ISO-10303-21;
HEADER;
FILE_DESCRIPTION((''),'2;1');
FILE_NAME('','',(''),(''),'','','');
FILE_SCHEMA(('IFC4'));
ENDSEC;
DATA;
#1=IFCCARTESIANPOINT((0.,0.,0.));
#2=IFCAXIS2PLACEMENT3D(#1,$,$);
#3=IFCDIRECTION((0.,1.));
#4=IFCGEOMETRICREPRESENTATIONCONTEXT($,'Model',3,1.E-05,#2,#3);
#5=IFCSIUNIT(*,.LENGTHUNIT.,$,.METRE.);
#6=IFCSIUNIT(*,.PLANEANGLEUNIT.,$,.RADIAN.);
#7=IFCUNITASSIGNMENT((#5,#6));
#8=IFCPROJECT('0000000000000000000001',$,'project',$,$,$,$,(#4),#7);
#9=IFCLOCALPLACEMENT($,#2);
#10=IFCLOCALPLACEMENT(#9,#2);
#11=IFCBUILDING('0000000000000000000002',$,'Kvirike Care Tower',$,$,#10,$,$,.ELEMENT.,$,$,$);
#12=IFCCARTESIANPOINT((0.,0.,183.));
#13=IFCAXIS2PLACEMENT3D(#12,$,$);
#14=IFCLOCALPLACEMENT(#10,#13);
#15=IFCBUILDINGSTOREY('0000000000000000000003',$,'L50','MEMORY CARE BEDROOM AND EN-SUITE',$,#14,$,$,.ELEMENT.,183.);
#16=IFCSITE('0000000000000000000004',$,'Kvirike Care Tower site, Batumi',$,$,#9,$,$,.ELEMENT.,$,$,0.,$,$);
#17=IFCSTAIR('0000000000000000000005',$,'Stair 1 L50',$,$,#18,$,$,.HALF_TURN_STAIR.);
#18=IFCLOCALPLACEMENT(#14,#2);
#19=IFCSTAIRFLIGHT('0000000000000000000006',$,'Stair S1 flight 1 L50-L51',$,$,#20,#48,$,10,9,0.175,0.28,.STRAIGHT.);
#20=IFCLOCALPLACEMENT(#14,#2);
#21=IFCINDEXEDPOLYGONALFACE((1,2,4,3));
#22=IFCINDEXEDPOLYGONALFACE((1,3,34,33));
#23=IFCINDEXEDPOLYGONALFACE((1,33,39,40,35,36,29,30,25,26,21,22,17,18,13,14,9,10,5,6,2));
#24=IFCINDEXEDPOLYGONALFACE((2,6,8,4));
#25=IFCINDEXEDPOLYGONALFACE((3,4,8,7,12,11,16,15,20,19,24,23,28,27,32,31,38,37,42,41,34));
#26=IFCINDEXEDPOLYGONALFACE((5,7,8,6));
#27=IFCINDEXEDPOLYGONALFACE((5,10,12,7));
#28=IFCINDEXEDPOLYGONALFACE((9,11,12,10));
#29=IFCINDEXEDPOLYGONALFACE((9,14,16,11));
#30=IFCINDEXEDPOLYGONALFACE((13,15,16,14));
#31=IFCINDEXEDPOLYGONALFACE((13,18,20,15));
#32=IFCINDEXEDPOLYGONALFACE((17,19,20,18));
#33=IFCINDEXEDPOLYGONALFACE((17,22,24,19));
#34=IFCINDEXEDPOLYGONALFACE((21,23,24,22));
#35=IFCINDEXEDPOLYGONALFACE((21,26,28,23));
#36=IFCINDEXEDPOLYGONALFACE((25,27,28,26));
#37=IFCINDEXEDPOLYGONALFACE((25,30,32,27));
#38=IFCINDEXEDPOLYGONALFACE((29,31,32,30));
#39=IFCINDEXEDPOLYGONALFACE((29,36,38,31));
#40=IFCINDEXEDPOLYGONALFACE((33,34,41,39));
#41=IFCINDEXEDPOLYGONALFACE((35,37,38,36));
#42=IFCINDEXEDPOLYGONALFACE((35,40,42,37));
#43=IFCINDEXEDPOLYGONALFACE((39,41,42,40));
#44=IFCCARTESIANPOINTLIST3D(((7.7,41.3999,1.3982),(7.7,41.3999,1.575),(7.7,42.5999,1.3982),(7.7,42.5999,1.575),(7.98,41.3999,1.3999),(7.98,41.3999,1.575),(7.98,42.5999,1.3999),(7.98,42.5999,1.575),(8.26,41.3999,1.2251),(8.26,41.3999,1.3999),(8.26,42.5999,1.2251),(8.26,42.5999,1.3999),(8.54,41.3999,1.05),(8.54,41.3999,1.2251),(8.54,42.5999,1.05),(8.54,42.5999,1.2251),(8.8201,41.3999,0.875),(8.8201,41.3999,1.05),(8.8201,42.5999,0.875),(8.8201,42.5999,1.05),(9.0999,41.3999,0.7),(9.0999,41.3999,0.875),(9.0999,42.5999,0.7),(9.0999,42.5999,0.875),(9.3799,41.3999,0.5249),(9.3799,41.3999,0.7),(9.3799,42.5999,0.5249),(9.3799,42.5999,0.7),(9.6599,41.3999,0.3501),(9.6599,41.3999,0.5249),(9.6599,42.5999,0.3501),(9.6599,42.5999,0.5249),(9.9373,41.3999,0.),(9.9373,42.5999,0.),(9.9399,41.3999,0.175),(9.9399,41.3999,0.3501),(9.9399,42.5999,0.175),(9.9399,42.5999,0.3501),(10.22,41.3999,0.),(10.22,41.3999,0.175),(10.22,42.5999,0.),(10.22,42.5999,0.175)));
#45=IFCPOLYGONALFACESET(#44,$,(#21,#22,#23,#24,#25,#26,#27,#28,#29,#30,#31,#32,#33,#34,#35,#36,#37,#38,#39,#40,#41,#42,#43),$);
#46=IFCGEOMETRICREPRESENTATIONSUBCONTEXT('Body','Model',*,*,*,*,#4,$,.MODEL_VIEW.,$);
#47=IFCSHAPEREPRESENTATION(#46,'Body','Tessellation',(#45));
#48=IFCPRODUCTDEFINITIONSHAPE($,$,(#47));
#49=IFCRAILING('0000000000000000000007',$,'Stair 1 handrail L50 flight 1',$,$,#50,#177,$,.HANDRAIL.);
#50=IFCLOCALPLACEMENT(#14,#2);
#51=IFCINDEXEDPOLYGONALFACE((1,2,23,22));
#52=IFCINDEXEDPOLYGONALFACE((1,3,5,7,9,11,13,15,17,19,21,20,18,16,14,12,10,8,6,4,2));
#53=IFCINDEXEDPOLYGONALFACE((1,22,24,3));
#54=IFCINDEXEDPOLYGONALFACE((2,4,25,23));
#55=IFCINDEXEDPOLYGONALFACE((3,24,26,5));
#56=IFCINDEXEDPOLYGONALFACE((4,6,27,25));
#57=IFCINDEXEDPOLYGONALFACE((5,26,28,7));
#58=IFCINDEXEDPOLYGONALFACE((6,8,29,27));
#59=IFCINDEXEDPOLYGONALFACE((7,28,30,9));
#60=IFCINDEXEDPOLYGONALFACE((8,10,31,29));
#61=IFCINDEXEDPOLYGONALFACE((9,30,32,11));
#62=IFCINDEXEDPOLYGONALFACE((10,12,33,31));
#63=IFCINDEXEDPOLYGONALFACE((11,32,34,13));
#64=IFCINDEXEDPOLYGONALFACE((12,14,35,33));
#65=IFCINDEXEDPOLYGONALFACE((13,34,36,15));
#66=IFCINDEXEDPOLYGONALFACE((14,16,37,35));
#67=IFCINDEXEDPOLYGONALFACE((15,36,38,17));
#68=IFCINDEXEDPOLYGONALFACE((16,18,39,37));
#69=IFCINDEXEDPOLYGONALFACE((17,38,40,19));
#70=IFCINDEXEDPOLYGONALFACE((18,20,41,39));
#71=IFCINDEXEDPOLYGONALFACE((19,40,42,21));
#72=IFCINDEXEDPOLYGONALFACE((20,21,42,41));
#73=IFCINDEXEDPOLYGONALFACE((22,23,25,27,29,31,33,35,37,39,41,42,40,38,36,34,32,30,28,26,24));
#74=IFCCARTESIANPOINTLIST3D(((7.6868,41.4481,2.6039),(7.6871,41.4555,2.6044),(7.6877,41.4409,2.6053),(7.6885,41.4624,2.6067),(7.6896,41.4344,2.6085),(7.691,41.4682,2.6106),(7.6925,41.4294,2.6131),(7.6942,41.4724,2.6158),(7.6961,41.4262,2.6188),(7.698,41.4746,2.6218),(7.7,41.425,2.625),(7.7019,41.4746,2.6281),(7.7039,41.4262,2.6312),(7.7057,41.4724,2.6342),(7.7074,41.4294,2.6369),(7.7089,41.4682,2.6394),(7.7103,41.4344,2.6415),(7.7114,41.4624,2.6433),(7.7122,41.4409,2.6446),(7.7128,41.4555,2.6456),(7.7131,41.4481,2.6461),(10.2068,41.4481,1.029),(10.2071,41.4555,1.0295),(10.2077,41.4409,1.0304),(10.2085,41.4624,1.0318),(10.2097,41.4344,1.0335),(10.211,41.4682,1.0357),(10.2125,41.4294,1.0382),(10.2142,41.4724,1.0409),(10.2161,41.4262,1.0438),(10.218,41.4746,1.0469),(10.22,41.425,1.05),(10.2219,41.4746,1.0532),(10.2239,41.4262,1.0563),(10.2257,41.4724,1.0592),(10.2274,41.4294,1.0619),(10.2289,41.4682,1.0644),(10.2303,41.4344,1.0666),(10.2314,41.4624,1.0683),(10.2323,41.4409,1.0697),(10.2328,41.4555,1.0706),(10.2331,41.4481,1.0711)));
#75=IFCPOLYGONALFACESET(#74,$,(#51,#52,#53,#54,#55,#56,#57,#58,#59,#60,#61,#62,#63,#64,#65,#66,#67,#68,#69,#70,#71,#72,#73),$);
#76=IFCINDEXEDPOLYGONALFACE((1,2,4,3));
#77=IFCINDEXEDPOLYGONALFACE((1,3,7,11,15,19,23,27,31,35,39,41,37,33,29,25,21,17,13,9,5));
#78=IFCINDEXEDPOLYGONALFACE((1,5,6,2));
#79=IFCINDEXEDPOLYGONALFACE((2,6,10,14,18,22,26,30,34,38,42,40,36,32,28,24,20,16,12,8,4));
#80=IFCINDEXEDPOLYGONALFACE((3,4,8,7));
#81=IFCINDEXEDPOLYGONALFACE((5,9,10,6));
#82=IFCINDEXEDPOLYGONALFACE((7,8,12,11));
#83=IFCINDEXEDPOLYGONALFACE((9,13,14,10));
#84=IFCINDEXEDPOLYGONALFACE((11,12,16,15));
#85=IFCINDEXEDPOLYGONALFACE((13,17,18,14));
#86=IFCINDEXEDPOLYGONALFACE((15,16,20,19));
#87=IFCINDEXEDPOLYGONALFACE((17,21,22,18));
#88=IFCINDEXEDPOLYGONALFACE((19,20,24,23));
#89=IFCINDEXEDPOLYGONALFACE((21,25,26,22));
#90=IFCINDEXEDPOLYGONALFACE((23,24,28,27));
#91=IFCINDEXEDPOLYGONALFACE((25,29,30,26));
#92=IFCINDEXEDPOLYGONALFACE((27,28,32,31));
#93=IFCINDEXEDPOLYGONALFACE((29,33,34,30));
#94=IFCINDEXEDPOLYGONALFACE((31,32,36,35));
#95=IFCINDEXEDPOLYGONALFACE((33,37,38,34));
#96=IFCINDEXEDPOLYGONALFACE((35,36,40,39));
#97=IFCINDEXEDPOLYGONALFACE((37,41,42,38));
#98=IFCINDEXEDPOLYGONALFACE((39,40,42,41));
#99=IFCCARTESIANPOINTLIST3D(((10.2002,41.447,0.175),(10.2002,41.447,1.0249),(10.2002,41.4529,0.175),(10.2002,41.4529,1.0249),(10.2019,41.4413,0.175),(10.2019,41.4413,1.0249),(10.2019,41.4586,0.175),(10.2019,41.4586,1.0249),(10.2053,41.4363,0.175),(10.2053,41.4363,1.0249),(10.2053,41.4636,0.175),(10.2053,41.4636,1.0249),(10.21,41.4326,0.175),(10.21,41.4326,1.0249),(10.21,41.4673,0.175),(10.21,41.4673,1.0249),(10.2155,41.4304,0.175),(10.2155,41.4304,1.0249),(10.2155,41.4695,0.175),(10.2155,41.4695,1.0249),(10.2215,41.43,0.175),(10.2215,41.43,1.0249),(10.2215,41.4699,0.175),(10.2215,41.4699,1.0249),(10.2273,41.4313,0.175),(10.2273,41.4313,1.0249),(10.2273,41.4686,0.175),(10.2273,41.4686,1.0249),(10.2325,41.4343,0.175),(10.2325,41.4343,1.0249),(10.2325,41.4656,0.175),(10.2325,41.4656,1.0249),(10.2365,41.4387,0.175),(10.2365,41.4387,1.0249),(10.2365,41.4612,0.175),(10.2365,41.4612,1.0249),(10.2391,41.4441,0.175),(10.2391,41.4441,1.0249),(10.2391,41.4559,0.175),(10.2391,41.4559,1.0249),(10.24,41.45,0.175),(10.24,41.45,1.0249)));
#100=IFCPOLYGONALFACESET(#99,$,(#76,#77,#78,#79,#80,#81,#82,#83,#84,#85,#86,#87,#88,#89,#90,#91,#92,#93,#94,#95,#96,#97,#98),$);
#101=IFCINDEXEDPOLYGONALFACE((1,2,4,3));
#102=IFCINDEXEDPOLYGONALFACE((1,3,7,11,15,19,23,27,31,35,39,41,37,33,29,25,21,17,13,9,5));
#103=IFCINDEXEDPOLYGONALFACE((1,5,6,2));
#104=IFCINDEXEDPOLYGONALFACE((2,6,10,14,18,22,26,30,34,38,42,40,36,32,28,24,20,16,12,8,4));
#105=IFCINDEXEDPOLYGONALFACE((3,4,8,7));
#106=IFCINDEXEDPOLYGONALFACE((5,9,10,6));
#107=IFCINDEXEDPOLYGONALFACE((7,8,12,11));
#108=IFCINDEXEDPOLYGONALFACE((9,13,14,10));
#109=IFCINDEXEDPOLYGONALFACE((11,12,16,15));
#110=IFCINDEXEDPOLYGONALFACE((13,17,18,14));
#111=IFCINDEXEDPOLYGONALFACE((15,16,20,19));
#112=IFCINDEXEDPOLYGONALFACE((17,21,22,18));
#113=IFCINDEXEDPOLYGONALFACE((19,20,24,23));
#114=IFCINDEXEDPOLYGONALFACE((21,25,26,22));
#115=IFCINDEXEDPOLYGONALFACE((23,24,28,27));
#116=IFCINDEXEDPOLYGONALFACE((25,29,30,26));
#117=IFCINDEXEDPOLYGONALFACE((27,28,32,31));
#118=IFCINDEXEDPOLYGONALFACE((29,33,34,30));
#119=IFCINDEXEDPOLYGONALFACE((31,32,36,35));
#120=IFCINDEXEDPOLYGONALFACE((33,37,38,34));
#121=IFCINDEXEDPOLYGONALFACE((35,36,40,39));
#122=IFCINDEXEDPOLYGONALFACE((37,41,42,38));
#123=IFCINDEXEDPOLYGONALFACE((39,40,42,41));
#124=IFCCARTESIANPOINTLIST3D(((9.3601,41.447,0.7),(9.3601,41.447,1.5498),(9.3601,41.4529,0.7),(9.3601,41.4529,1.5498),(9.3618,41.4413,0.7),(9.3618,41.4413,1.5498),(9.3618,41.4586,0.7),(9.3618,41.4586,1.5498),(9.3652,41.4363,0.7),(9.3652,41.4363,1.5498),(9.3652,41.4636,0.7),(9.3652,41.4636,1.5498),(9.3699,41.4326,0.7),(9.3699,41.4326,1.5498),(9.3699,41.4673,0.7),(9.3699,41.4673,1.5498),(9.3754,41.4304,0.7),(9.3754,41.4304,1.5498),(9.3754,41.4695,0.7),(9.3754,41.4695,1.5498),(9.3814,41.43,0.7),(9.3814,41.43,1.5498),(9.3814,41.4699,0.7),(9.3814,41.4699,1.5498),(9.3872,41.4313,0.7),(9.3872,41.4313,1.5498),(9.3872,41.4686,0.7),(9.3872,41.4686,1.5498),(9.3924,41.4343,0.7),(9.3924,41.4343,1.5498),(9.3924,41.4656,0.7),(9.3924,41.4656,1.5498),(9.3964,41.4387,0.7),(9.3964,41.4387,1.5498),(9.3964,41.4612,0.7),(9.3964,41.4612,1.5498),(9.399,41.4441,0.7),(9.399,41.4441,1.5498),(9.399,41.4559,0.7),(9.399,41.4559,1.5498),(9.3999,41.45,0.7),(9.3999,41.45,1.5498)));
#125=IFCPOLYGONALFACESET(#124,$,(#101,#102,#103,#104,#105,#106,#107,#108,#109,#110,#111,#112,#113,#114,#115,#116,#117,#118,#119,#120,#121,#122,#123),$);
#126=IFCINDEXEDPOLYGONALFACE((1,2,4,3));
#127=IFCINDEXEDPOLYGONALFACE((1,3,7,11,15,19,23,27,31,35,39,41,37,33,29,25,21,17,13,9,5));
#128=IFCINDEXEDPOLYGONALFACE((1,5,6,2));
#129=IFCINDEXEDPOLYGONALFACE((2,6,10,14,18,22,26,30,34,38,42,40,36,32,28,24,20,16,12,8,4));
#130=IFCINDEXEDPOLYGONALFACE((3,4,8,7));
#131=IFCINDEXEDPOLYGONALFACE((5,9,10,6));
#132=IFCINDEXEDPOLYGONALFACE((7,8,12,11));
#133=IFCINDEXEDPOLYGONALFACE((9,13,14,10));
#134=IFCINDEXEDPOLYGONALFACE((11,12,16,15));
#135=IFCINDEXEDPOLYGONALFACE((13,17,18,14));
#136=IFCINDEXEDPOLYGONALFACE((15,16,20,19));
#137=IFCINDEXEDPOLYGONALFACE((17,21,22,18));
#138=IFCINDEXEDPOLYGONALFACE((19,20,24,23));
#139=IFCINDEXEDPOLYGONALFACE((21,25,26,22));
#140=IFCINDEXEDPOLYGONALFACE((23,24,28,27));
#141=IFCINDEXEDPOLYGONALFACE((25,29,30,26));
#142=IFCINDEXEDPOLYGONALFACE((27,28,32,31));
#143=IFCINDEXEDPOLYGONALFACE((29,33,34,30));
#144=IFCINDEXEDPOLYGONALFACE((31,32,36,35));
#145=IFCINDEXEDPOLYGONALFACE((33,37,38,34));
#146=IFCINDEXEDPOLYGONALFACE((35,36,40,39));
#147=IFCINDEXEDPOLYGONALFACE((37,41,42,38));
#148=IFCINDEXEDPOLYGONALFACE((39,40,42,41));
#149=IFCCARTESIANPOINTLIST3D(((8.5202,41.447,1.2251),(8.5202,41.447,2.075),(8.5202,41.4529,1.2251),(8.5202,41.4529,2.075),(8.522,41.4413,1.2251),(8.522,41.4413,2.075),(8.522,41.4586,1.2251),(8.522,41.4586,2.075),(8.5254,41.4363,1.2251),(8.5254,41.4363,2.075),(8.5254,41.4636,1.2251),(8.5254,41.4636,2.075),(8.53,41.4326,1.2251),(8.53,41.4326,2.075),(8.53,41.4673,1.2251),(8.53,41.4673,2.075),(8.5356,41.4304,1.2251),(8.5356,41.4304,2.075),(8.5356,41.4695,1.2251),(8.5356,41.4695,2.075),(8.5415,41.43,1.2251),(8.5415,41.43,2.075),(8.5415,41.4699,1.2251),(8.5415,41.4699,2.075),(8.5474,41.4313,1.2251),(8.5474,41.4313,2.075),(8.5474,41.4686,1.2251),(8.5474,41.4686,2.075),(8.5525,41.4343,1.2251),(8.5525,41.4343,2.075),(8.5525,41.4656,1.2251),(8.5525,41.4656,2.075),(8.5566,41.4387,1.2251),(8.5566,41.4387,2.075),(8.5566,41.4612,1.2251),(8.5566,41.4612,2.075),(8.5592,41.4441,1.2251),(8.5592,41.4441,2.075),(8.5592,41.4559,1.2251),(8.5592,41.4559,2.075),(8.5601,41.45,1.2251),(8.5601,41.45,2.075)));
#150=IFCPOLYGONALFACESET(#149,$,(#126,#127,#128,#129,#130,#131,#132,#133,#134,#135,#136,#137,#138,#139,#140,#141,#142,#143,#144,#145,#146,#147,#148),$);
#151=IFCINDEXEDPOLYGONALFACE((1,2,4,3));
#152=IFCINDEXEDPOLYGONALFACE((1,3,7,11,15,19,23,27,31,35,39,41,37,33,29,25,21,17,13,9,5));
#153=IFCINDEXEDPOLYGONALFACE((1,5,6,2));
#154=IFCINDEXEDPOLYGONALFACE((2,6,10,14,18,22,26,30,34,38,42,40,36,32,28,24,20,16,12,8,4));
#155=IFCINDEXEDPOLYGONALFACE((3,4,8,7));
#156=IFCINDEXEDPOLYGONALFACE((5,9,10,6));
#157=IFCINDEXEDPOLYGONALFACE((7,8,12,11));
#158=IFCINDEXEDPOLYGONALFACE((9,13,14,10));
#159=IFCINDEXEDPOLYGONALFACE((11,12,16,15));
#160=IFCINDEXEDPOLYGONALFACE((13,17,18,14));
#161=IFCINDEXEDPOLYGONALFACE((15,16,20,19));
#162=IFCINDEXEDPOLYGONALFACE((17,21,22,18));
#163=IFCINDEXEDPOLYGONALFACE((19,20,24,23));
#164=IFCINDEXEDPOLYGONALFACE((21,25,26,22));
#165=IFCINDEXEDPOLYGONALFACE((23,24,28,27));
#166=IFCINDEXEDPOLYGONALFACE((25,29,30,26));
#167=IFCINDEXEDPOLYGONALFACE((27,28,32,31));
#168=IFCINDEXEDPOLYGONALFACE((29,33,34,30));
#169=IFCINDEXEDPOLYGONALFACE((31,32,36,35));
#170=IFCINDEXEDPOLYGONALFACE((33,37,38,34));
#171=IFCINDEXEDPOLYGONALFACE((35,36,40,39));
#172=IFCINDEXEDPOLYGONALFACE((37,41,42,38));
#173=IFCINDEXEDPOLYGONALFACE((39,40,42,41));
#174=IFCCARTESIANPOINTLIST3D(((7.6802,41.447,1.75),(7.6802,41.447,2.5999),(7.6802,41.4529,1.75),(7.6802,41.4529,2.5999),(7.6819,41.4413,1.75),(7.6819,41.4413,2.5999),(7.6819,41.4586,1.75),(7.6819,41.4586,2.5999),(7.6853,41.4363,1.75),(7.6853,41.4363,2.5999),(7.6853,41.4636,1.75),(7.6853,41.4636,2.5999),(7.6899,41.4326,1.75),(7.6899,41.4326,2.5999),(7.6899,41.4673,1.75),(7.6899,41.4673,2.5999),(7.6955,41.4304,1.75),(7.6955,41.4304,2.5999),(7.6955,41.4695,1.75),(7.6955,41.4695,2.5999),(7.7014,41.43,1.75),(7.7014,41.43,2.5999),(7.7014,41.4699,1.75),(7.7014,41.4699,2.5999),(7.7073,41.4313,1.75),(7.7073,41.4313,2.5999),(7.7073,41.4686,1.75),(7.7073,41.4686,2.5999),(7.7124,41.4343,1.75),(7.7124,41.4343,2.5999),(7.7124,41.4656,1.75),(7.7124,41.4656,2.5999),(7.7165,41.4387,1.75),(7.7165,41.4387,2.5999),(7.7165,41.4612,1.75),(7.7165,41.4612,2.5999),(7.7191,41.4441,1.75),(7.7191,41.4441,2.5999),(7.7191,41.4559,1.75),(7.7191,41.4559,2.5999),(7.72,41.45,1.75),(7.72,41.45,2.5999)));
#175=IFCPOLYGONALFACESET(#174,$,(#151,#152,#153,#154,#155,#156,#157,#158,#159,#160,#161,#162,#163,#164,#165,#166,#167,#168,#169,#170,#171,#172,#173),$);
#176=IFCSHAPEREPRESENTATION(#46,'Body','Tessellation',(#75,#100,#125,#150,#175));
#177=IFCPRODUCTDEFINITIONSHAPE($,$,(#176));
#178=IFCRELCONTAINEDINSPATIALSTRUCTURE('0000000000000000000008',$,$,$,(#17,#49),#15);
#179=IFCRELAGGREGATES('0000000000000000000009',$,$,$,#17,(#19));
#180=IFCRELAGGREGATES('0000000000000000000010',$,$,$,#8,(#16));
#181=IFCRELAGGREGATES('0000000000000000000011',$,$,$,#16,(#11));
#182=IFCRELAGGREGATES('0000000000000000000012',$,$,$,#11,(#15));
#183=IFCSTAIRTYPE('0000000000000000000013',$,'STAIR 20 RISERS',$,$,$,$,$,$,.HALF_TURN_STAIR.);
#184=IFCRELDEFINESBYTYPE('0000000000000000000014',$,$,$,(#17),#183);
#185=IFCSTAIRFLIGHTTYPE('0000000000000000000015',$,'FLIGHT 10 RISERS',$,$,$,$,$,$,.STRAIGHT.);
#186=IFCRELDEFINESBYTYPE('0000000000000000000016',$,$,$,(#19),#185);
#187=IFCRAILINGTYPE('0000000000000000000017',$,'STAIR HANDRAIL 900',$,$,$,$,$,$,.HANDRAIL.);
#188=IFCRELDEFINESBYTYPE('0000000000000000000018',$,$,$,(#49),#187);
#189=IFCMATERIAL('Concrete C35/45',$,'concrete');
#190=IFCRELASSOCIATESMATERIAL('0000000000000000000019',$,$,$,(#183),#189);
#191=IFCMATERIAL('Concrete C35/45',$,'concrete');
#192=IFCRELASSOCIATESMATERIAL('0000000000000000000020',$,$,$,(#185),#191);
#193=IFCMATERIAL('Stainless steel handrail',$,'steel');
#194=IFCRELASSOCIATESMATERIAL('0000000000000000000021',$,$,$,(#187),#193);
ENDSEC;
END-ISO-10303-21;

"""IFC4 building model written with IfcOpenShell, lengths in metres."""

from ifc_helpers import new_model, si_unit, direction, frame, origin, origin_2d, place, context, subcontext, project, spatial, polyline, circle, outline, extrude, material, type_object, element, aggregate, save


model = new_model("IFC4")

# Units and contexts
model_context = context("Model", 3, precision=1e-05, world=origin(), true_north=direction((0.0, 1.0)))
body_context = subcontext(model_context, "Body", "Model", "MODEL_VIEW")
ifc_project = project(units=[si_unit("LENGTHUNIT", "METRE"), si_unit("PLANEANGLEUNIT", "RADIAN")], contexts=[model_context])

# Site, building, storey
site_placement = place(None, origin())
site = spatial("IfcSite", under=ifc_project, at=site_placement, Name="Kvirike Care Tower site, Batumi", CompositionType="ELEMENT", RefElevation=0.0)
building_placement = place(site_placement, origin())
building = spatial("IfcBuilding", under=site, at=building_placement, Name="Kvirike Care Tower", CompositionType="ELEMENT")
storey_placement = place(building_placement, frame((0.0, 0.0, 183.0)))
storey = spatial("IfcBuildingStorey", under=building, at=storey_placement, Name="L50", Description="MEMORY CARE BEDROOM AND EN-SUITE", CompositionType="ELEMENT", Elevation=183.0)

# Stair, stair flight
ifc_material_1 = material(Name="Concrete C35/45", Category="concrete")
stair_type = type_object("IfcStairType", Name="STAIR 20 RISERS", PredefinedType="HALF_TURN_STAIR", material=ifc_material_1)
stair_placement = place(storey_placement, origin())
stair = element("IfcStair", 1, at=stair_placement, inside=storey, type_object=stair_type, Name="Stair 1 L50", PredefinedType="HALF_TURN_STAIR")
ifc_material_2 = material(Name="Concrete C35/45", Category="concrete")
stair_flight_type = type_object("IfcStairFlightType", Name="FLIGHT 10 RISERS", PredefinedType="STRAIGHT", material=ifc_material_2)
stair_flight_placement = place(storey_placement, frame((10.22, 42.0, 0.0), z_axis=(0.0, 0.0, 1.0), x_axis=(-1.0, 0.0, 0.0)))
stair_flight = element("IfcStairFlight", 2, at=stair_flight_placement, type_object=stair_flight_type, Name="Stair S1 flight 1 L50-L51", NumberOfRisers=10, NumberOfTreads=9, PredefinedType="STRAIGHT", RiserHeight=0.175, TreadLength=0.28, context=body_context, shape_type="SweptSolid", body=[
    extrude(outline(polyline([(0.0, 0.0), (0.0, 0.175), (0.28, 0.175), (0.28, 0.3501), (0.5601, 0.3501), (0.5601, 0.5249), (0.8401, 0.5249), (0.8401, 0.7), (1.1201, 0.7), (1.1201, 0.875), (1.3999, 0.875), (1.3999, 1.05), (1.6799, 1.05), (1.6799, 1.2251), (1.96, 1.2251), (1.96, 1.3999), (2.24, 1.3999), (2.24, 1.575), (2.52, 1.575), (2.52, 1.75), (2.52, 1.3982), (0.2827, 0.0), (0.0, 0.0)])), frame((0.0, 0.6001, 0.0), z_axis=(0.0, -1.0, 0.0), x_axis=(1.0, 0.0, 0.0)), (0.0, 0.0, 1.0), 1.2),
])
aggregate(stair, [stair_flight])

# Railing
ifc_material_3 = material(Name="Stainless steel handrail", Category="steel")
railing_type = type_object("IfcRailingType", Name="STAIR HANDRAIL 900", PredefinedType="HANDRAIL", material=ifc_material_3)
railing_placement = place(storey_placement, frame((10.22, 41.45, 0.175)))
element("IfcRailing", 3, at=railing_placement, inside=storey, type_object=railing_type, Name="Stair 1 handrail L50 flight 1", PredefinedType="HANDRAIL", context=body_context, shape_type="SweptSolid", body=[
    extrude(circle(Radius=0.0249, at=origin_2d()), frame((0.0, 0.0, 0.875), z_axis=(-0.848008, 0.0, 0.529984), x_axis=(0.0, -1.0, 0.0)), (0.0, 0.0, 1.0), 2.9717),
    extrude(circle(Radius=0.02, at=origin_2d()), origin(), (0.0, 0.0, 1.0), 0.8499),
    extrude(circle(Radius=0.02, at=origin_2d()), frame((-0.8401, 0.0, 0.5249)), (0.0, 0.0, 1.0), 0.8499),
    extrude(circle(Radius=0.02, at=origin_2d()), frame((-1.6799, 0.0, 1.05)), (0.0, 0.0, 1.0), 0.8499),
    extrude(circle(Radius=0.02, at=origin_2d()), frame((-2.52, 0.0, 1.575)), (0.0, 0.0, 1.0), 0.8499),
])

save(model, "model.ifc")
